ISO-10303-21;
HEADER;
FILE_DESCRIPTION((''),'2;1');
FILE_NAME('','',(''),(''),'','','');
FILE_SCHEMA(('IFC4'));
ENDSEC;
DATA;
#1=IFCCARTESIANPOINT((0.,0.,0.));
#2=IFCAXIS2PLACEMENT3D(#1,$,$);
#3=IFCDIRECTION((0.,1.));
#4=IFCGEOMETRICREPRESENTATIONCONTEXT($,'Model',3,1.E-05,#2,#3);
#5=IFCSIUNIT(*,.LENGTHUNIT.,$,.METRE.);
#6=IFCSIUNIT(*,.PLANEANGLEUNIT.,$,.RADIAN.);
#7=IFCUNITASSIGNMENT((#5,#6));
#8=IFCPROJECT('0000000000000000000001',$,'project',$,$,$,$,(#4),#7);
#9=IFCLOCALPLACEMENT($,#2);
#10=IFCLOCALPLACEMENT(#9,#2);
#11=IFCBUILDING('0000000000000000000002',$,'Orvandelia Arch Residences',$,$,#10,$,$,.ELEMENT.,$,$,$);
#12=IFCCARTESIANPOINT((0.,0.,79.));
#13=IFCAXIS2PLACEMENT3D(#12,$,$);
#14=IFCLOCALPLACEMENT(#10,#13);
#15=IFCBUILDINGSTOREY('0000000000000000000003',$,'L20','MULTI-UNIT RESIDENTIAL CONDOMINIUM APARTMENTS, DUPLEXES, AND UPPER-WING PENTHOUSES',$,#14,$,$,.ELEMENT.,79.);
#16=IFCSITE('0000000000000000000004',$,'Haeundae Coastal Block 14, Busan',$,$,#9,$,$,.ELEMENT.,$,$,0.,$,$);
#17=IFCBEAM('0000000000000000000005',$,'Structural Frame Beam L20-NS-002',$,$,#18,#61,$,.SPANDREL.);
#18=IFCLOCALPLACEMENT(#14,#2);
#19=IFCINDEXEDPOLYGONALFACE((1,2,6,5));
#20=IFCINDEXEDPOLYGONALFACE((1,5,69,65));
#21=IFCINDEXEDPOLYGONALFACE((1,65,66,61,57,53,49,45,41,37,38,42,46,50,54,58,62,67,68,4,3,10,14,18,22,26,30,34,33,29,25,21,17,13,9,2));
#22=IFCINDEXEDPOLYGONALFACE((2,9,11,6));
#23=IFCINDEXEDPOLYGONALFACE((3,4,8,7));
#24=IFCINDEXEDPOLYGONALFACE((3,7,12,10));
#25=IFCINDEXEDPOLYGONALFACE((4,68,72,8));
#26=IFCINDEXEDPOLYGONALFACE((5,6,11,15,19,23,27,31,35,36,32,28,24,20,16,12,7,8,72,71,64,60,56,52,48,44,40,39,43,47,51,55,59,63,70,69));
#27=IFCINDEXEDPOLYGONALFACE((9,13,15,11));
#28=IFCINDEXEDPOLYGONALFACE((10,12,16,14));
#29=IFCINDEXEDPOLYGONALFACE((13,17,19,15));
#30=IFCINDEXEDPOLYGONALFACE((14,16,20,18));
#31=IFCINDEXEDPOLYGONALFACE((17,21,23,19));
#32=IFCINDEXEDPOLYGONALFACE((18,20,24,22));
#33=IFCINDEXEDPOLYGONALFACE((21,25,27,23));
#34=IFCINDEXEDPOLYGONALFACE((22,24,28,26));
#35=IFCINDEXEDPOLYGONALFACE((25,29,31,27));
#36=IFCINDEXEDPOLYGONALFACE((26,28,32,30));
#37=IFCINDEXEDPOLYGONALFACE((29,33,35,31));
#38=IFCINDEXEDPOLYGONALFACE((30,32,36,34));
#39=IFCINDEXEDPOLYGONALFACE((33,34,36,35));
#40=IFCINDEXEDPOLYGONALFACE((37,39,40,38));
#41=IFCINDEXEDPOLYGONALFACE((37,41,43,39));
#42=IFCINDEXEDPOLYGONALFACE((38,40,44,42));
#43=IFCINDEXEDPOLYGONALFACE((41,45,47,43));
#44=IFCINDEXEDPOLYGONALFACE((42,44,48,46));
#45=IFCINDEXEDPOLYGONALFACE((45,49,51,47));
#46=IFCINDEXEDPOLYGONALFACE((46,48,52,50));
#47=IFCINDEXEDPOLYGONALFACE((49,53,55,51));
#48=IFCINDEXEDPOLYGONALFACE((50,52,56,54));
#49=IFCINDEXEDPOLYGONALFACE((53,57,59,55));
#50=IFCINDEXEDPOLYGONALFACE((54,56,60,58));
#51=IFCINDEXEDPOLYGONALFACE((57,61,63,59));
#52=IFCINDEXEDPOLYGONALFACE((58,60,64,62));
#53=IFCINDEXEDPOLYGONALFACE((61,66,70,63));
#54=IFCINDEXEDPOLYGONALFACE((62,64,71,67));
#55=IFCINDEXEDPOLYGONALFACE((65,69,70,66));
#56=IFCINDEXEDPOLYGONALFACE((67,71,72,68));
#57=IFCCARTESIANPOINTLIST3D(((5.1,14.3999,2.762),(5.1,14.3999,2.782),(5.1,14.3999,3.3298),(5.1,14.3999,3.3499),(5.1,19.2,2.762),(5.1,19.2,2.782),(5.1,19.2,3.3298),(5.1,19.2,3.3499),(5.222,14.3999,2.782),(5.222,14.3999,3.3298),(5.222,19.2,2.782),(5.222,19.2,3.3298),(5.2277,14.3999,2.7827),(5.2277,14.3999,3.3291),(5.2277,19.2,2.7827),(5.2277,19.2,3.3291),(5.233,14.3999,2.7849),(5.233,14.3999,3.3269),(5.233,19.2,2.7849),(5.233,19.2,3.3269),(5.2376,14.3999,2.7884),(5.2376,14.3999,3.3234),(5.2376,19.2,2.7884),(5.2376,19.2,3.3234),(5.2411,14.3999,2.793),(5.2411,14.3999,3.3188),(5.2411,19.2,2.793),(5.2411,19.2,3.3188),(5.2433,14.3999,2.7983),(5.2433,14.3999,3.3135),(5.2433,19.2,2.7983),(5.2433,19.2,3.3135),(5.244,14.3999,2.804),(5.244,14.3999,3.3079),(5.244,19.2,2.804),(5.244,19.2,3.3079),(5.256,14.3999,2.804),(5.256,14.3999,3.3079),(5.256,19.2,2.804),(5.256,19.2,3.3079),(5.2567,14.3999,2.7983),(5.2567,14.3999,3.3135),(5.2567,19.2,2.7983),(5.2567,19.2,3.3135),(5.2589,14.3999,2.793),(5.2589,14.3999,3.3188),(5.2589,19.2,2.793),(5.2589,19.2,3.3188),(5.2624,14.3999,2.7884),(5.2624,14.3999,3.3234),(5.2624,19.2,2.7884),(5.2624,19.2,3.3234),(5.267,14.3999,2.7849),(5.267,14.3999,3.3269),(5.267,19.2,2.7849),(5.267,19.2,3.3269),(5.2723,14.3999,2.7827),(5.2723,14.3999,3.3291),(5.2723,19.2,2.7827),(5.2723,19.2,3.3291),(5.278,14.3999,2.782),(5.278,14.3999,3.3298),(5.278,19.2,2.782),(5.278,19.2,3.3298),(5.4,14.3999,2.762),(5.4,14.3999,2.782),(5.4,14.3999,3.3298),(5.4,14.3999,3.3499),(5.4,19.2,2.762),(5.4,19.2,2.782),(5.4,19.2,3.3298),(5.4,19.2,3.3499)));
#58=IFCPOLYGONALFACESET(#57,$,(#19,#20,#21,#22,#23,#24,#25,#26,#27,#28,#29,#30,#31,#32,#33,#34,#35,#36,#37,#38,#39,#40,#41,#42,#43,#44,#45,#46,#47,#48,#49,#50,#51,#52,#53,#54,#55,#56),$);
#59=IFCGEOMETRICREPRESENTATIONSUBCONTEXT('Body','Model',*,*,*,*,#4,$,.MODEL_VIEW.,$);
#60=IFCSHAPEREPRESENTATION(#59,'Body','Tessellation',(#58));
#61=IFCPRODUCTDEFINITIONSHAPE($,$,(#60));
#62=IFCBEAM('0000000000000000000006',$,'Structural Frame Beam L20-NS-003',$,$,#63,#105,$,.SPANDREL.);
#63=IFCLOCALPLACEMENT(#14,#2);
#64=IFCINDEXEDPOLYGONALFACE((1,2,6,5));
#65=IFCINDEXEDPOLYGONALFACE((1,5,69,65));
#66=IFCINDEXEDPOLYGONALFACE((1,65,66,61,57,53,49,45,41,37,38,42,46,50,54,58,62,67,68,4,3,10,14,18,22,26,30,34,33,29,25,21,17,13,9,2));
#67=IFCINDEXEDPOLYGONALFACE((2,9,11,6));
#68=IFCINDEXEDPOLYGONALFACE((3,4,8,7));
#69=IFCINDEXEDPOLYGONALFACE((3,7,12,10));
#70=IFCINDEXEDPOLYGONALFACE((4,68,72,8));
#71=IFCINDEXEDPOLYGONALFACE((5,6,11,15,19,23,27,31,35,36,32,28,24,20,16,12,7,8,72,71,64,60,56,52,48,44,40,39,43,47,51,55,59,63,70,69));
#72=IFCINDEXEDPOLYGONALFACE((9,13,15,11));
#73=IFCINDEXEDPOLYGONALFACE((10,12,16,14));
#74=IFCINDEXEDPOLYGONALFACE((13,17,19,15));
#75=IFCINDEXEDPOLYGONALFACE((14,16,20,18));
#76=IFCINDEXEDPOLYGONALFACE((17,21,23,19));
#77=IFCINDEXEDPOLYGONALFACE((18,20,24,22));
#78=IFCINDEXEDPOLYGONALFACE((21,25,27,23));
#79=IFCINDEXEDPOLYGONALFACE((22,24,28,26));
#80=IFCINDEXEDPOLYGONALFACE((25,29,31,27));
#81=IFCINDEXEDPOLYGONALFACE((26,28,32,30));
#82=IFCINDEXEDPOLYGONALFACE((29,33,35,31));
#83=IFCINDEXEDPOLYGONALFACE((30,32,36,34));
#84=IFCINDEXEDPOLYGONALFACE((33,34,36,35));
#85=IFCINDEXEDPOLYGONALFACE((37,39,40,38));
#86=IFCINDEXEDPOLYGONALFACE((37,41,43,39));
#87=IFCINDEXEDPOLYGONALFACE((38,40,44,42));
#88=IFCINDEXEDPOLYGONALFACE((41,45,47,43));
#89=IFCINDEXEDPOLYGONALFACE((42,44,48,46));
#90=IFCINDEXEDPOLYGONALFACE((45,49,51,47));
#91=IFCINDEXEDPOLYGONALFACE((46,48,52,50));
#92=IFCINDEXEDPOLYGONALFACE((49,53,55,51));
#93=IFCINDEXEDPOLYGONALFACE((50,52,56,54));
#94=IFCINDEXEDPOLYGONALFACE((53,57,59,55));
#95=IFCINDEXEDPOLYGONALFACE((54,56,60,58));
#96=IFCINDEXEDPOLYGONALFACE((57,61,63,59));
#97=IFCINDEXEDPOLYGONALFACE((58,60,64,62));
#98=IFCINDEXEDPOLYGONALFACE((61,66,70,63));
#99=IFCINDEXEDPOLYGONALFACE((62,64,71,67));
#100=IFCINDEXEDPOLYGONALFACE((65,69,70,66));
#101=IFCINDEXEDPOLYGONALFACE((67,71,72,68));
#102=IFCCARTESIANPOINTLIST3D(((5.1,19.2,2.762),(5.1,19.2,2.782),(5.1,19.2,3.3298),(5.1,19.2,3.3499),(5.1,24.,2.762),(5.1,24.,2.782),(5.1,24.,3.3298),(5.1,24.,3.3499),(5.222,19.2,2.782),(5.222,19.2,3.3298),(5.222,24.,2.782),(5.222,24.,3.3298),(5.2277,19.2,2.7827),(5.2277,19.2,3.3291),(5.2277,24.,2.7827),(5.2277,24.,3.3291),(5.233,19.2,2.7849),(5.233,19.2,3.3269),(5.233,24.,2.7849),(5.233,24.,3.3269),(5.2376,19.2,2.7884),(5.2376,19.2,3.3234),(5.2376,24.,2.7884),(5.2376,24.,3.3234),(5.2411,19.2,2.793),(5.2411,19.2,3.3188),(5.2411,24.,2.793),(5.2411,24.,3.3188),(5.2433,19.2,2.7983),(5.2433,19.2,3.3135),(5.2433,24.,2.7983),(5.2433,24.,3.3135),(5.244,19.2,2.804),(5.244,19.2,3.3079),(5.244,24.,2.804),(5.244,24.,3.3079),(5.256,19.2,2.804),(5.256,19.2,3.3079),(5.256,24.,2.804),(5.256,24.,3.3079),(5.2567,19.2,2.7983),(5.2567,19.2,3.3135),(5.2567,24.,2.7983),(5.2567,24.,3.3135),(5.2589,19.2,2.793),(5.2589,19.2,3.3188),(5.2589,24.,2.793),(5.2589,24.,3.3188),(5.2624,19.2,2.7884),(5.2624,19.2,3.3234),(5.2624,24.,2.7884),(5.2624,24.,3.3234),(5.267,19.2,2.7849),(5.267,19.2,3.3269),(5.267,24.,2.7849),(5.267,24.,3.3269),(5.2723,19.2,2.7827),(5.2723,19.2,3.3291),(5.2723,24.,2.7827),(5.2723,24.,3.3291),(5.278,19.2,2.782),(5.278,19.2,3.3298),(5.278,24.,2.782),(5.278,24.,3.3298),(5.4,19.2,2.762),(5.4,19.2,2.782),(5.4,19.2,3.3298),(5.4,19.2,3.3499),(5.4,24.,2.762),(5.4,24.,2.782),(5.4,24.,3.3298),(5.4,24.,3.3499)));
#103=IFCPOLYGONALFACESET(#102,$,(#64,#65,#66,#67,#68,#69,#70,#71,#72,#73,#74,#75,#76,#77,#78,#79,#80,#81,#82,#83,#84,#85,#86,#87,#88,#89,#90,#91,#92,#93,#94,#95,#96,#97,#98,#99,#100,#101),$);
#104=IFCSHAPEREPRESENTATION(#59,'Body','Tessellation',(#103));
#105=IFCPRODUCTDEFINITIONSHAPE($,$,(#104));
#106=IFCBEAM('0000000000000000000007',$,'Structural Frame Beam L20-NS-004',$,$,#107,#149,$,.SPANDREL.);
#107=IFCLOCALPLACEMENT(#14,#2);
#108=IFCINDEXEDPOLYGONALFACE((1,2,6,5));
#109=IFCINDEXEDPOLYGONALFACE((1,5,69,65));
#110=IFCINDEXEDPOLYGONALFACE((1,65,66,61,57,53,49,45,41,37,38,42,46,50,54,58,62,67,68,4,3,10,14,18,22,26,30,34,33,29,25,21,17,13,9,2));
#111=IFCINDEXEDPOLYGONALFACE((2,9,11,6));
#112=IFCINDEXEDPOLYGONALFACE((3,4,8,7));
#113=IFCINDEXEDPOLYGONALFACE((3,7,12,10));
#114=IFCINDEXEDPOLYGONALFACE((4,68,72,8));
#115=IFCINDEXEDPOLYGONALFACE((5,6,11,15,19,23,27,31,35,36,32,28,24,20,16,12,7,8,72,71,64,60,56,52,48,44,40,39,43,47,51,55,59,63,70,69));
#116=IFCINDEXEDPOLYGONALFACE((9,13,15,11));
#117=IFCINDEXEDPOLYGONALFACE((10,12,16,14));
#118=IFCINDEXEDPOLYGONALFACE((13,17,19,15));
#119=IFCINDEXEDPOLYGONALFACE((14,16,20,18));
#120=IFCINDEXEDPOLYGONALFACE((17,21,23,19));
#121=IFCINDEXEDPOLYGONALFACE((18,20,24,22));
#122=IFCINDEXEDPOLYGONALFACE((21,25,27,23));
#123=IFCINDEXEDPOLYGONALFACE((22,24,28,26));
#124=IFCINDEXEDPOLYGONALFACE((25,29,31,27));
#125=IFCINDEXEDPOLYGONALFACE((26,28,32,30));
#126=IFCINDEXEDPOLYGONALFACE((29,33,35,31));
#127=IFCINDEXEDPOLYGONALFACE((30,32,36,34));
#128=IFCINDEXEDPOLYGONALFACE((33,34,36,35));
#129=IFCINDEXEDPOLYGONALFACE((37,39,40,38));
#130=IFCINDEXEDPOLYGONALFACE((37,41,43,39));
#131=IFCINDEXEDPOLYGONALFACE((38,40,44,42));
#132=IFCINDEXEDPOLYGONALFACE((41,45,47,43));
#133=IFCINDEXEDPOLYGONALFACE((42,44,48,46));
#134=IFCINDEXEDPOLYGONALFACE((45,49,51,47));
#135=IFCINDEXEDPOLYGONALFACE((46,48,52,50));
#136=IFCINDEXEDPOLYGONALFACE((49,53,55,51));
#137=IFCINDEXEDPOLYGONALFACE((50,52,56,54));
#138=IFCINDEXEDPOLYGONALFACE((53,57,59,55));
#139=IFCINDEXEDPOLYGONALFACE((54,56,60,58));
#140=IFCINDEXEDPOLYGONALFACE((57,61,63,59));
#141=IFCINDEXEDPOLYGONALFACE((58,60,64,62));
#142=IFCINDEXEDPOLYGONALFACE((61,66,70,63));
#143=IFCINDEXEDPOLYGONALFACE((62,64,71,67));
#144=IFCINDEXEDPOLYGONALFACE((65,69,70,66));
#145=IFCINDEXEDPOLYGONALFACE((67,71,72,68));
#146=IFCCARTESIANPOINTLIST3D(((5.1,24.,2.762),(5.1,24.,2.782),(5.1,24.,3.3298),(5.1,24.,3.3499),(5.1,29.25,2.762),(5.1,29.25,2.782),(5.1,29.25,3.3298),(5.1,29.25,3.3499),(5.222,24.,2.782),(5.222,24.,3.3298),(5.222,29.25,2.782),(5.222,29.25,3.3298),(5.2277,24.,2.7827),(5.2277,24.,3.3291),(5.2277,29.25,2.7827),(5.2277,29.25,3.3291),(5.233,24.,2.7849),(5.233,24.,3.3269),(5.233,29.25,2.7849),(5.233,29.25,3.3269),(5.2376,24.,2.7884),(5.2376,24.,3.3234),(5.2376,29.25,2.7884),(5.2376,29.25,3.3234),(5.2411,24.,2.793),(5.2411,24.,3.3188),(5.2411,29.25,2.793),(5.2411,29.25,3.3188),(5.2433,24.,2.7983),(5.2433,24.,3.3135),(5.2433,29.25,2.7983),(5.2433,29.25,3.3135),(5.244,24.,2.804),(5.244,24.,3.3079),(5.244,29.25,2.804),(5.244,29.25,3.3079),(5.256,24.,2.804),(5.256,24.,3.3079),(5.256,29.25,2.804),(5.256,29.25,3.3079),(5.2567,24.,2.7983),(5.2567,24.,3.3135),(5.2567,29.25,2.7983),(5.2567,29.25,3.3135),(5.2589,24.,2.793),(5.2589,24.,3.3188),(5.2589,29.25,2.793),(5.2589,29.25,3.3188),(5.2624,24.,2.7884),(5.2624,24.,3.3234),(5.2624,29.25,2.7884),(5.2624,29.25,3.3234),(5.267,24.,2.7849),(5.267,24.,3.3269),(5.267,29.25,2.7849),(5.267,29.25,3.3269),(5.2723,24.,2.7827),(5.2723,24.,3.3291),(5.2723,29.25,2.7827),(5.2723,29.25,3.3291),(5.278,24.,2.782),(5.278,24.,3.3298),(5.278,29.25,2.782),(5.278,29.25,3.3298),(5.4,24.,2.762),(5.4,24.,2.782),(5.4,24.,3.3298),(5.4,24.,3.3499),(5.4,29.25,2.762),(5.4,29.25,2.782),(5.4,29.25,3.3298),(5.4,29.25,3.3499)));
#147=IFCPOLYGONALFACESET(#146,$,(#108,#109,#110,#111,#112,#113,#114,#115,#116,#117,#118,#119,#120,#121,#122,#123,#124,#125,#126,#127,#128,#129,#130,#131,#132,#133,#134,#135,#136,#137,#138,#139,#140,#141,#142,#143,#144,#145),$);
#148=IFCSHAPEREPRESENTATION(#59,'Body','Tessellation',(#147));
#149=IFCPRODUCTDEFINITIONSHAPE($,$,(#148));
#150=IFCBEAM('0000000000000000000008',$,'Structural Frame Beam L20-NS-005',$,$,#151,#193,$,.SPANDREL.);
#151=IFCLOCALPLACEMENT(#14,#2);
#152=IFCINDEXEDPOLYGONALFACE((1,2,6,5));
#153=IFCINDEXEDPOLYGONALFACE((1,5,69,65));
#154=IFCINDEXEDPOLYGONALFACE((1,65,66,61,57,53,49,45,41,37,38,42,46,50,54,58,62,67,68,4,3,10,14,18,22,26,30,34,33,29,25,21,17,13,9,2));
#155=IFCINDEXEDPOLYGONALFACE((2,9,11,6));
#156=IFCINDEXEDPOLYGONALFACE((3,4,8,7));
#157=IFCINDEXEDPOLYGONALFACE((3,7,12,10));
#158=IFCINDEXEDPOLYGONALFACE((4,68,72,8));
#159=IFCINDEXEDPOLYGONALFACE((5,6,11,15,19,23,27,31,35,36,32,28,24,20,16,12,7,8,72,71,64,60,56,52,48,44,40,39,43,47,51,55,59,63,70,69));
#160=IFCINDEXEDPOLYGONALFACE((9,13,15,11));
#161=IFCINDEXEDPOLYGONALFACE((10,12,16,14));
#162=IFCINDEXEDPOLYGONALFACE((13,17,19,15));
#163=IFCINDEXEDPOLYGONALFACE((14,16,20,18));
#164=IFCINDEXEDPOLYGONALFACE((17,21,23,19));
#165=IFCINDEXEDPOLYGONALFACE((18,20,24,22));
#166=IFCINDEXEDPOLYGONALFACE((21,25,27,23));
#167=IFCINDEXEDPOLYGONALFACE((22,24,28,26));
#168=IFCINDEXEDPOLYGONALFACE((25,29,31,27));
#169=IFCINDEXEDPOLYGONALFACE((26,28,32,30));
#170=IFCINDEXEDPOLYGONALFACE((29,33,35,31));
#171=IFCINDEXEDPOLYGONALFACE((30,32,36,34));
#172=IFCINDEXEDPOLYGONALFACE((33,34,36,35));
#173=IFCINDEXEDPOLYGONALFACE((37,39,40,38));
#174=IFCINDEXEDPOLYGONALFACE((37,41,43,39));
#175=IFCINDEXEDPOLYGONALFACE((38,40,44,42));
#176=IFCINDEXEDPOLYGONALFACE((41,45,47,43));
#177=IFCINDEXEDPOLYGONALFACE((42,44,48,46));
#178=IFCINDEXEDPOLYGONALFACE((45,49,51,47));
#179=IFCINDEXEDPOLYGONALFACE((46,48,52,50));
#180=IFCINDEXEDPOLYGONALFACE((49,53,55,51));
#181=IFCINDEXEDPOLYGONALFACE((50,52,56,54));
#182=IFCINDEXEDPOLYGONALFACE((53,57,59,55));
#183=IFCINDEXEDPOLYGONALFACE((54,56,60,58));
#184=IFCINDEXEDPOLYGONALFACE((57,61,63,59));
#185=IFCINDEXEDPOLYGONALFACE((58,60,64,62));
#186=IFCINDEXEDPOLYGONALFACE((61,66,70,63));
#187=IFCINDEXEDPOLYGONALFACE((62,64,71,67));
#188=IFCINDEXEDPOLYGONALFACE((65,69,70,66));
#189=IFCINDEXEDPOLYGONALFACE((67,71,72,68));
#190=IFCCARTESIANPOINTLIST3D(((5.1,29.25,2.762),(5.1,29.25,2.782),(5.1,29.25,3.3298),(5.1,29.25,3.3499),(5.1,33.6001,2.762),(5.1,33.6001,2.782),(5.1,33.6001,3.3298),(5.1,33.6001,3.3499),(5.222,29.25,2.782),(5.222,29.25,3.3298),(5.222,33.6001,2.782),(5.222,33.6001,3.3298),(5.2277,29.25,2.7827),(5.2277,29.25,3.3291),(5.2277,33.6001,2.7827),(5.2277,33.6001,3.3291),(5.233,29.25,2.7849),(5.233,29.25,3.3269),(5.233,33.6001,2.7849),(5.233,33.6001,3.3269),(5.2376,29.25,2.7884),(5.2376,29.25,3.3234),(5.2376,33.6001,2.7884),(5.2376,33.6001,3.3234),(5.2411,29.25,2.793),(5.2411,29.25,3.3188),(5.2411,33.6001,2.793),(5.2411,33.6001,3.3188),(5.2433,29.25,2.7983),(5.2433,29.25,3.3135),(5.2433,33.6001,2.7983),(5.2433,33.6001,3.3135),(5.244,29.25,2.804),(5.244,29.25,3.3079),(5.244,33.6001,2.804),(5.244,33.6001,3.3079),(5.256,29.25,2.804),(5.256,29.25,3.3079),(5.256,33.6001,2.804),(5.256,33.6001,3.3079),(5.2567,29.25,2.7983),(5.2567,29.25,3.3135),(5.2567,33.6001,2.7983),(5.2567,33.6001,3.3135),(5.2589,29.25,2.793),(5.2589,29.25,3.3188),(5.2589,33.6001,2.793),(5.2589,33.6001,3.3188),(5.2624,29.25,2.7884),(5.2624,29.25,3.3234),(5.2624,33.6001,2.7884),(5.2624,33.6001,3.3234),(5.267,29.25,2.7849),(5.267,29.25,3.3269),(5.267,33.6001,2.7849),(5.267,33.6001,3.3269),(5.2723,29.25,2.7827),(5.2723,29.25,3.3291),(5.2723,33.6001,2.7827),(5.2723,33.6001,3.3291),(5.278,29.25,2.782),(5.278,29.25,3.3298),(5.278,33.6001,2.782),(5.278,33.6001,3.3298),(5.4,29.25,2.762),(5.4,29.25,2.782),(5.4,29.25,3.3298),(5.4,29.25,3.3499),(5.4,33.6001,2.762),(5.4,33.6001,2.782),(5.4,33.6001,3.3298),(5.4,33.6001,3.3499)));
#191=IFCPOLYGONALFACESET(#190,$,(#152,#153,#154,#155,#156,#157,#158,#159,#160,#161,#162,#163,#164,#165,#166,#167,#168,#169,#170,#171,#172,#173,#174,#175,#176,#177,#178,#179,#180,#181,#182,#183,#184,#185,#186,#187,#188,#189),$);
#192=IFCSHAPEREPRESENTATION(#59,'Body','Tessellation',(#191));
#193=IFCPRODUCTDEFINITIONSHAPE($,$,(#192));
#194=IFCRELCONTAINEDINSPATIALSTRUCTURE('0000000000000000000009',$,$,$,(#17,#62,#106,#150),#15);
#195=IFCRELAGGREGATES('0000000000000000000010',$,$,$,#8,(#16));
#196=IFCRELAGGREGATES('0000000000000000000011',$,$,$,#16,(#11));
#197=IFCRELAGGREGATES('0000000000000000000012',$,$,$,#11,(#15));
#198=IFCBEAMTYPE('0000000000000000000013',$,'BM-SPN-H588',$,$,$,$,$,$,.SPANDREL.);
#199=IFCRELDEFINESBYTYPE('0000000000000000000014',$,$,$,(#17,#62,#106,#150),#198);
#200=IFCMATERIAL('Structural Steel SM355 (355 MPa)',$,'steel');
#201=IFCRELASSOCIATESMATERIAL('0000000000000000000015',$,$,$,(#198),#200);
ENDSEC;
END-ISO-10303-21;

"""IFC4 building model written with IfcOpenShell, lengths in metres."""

from ifc_helpers import new_model, si_unit, direction, frame, origin, origin_2d, place, context, subcontext, project, spatial, i_section, extrude, material, material_profile, profile_set, type_object, element, save


model = new_model("IFC4")

# Units and contexts
model_context = context("Model", 3, precision=1e-05, world=origin(), true_north=direction((0.0, 1.0)))
body_context = subcontext(model_context, "Body", "Model", "MODEL_VIEW")
ifc_project = project(units=[si_unit("LENGTHUNIT", "METRE"), si_unit("PLANEANGLEUNIT", "RADIAN")], contexts=[model_context])

# Site, building, storey
site_placement = place(None, origin())
site = spatial("IfcSite", under=ifc_project, at=site_placement, Name="Haeundae Coastal Block 14, Busan", CompositionType="ELEMENT", RefElevation=0.0)
building_placement = place(site_placement, origin())
building = spatial("IfcBuilding", under=site, at=building_placement, Name="Orvandelia Arch Residences", CompositionType="ELEMENT")
storey_placement = place(building_placement, frame((0.0, 0.0, 79.0)))
storey = spatial("IfcBuildingStorey", under=building, at=storey_placement, Name="L20", Description="MULTI-UNIT RESIDENTIAL CONDOMINIUM APARTMENTS, DUPLEXES, AND UPPER-WING PENTHOUSES", CompositionType="ELEMENT", Elevation=79.0)

# Beams
ifc_material_1 = material(Name="Structural Steel SM355 (355 MPa)", Category="steel")
ifc_material_profile_1 = material_profile(ifc_material_1, i_section(OverallWidth=0.3, OverallDepth=0.5879, WebThickness=0.012, FlangeThickness=0.02, FilletRadius=0.022, at=origin_2d()), Name="Structural Steel SM355 (355 MPa)", Category="steel")
ifc_profile_set_1 = profile_set([ifc_material_profile_1], Name="Structural Steel SM355 (355 MPa)")
beam_type_1 = type_object("IfcBeamType", Name="BM-SPN-H588", PredefinedType="SPANDREL", material=ifc_profile_set_1)
for number, where, z_axis, x_axis, name in (
    (1, (5.25, 14.3999, 3.0559), (0.0, 1.0, 0.0), (-1.0, 0.0, 0.0), "Structural Frame Beam L20-NS-002"),
    (2, (5.25, 19.2, 3.0559), (0.0, 1.0, 0.0), (-1.0, 0.0, 0.0), "Structural Frame Beam L20-NS-003"),
):
    element("IfcBeam", number, at=place(storey_placement, frame(where, z_axis=z_axis, x_axis=x_axis)), inside=storey, type_object=beam_type_1, Name=name, PredefinedType="SPANDREL", context=body_context, shape_type="SweptSolid", body=[
        extrude(i_section(OverallWidth=0.3, OverallDepth=0.5879, WebThickness=0.012, FlangeThickness=0.02, FilletRadius=0.022, at=origin_2d()), origin(), (0.0, 0.0, 1.0), 4.8),
    ])
beam_1_placement = place(storey_placement, frame((5.25, 24.0, 3.0559), z_axis=(0.0, 1.0, 0.0), x_axis=(-1.0, 0.0, 0.0)))
element("IfcBeam", 3, at=beam_1_placement, inside=storey, type_object=beam_type_1, Name="Structural Frame Beam L20-NS-004", PredefinedType="SPANDREL", context=body_context, shape_type="SweptSolid", body=[
    extrude(i_section(OverallWidth=0.3, OverallDepth=0.5879, WebThickness=0.012, FlangeThickness=0.02, FilletRadius=0.022, at=origin_2d()), origin(), (0.0, 0.0, 1.0), 5.25),
])
beam_2_placement = place(storey_placement, frame((5.25, 29.25, 3.0559), z_axis=(0.0, 1.0, 0.0), x_axis=(-1.0, 0.0, 0.0)))
element("IfcBeam", 4, at=beam_2_placement, inside=storey, type_object=beam_type_1, Name="Structural Frame Beam L20-NS-005", PredefinedType="SPANDREL", context=body_context, shape_type="SweptSolid", body=[
    extrude(i_section(OverallWidth=0.3, OverallDepth=0.5879, WebThickness=0.012, FlangeThickness=0.02, FilletRadius=0.022, at=origin_2d()), origin(), (0.0, 0.0, 1.0), 4.3501),
])

save(model, "model.ifc")
